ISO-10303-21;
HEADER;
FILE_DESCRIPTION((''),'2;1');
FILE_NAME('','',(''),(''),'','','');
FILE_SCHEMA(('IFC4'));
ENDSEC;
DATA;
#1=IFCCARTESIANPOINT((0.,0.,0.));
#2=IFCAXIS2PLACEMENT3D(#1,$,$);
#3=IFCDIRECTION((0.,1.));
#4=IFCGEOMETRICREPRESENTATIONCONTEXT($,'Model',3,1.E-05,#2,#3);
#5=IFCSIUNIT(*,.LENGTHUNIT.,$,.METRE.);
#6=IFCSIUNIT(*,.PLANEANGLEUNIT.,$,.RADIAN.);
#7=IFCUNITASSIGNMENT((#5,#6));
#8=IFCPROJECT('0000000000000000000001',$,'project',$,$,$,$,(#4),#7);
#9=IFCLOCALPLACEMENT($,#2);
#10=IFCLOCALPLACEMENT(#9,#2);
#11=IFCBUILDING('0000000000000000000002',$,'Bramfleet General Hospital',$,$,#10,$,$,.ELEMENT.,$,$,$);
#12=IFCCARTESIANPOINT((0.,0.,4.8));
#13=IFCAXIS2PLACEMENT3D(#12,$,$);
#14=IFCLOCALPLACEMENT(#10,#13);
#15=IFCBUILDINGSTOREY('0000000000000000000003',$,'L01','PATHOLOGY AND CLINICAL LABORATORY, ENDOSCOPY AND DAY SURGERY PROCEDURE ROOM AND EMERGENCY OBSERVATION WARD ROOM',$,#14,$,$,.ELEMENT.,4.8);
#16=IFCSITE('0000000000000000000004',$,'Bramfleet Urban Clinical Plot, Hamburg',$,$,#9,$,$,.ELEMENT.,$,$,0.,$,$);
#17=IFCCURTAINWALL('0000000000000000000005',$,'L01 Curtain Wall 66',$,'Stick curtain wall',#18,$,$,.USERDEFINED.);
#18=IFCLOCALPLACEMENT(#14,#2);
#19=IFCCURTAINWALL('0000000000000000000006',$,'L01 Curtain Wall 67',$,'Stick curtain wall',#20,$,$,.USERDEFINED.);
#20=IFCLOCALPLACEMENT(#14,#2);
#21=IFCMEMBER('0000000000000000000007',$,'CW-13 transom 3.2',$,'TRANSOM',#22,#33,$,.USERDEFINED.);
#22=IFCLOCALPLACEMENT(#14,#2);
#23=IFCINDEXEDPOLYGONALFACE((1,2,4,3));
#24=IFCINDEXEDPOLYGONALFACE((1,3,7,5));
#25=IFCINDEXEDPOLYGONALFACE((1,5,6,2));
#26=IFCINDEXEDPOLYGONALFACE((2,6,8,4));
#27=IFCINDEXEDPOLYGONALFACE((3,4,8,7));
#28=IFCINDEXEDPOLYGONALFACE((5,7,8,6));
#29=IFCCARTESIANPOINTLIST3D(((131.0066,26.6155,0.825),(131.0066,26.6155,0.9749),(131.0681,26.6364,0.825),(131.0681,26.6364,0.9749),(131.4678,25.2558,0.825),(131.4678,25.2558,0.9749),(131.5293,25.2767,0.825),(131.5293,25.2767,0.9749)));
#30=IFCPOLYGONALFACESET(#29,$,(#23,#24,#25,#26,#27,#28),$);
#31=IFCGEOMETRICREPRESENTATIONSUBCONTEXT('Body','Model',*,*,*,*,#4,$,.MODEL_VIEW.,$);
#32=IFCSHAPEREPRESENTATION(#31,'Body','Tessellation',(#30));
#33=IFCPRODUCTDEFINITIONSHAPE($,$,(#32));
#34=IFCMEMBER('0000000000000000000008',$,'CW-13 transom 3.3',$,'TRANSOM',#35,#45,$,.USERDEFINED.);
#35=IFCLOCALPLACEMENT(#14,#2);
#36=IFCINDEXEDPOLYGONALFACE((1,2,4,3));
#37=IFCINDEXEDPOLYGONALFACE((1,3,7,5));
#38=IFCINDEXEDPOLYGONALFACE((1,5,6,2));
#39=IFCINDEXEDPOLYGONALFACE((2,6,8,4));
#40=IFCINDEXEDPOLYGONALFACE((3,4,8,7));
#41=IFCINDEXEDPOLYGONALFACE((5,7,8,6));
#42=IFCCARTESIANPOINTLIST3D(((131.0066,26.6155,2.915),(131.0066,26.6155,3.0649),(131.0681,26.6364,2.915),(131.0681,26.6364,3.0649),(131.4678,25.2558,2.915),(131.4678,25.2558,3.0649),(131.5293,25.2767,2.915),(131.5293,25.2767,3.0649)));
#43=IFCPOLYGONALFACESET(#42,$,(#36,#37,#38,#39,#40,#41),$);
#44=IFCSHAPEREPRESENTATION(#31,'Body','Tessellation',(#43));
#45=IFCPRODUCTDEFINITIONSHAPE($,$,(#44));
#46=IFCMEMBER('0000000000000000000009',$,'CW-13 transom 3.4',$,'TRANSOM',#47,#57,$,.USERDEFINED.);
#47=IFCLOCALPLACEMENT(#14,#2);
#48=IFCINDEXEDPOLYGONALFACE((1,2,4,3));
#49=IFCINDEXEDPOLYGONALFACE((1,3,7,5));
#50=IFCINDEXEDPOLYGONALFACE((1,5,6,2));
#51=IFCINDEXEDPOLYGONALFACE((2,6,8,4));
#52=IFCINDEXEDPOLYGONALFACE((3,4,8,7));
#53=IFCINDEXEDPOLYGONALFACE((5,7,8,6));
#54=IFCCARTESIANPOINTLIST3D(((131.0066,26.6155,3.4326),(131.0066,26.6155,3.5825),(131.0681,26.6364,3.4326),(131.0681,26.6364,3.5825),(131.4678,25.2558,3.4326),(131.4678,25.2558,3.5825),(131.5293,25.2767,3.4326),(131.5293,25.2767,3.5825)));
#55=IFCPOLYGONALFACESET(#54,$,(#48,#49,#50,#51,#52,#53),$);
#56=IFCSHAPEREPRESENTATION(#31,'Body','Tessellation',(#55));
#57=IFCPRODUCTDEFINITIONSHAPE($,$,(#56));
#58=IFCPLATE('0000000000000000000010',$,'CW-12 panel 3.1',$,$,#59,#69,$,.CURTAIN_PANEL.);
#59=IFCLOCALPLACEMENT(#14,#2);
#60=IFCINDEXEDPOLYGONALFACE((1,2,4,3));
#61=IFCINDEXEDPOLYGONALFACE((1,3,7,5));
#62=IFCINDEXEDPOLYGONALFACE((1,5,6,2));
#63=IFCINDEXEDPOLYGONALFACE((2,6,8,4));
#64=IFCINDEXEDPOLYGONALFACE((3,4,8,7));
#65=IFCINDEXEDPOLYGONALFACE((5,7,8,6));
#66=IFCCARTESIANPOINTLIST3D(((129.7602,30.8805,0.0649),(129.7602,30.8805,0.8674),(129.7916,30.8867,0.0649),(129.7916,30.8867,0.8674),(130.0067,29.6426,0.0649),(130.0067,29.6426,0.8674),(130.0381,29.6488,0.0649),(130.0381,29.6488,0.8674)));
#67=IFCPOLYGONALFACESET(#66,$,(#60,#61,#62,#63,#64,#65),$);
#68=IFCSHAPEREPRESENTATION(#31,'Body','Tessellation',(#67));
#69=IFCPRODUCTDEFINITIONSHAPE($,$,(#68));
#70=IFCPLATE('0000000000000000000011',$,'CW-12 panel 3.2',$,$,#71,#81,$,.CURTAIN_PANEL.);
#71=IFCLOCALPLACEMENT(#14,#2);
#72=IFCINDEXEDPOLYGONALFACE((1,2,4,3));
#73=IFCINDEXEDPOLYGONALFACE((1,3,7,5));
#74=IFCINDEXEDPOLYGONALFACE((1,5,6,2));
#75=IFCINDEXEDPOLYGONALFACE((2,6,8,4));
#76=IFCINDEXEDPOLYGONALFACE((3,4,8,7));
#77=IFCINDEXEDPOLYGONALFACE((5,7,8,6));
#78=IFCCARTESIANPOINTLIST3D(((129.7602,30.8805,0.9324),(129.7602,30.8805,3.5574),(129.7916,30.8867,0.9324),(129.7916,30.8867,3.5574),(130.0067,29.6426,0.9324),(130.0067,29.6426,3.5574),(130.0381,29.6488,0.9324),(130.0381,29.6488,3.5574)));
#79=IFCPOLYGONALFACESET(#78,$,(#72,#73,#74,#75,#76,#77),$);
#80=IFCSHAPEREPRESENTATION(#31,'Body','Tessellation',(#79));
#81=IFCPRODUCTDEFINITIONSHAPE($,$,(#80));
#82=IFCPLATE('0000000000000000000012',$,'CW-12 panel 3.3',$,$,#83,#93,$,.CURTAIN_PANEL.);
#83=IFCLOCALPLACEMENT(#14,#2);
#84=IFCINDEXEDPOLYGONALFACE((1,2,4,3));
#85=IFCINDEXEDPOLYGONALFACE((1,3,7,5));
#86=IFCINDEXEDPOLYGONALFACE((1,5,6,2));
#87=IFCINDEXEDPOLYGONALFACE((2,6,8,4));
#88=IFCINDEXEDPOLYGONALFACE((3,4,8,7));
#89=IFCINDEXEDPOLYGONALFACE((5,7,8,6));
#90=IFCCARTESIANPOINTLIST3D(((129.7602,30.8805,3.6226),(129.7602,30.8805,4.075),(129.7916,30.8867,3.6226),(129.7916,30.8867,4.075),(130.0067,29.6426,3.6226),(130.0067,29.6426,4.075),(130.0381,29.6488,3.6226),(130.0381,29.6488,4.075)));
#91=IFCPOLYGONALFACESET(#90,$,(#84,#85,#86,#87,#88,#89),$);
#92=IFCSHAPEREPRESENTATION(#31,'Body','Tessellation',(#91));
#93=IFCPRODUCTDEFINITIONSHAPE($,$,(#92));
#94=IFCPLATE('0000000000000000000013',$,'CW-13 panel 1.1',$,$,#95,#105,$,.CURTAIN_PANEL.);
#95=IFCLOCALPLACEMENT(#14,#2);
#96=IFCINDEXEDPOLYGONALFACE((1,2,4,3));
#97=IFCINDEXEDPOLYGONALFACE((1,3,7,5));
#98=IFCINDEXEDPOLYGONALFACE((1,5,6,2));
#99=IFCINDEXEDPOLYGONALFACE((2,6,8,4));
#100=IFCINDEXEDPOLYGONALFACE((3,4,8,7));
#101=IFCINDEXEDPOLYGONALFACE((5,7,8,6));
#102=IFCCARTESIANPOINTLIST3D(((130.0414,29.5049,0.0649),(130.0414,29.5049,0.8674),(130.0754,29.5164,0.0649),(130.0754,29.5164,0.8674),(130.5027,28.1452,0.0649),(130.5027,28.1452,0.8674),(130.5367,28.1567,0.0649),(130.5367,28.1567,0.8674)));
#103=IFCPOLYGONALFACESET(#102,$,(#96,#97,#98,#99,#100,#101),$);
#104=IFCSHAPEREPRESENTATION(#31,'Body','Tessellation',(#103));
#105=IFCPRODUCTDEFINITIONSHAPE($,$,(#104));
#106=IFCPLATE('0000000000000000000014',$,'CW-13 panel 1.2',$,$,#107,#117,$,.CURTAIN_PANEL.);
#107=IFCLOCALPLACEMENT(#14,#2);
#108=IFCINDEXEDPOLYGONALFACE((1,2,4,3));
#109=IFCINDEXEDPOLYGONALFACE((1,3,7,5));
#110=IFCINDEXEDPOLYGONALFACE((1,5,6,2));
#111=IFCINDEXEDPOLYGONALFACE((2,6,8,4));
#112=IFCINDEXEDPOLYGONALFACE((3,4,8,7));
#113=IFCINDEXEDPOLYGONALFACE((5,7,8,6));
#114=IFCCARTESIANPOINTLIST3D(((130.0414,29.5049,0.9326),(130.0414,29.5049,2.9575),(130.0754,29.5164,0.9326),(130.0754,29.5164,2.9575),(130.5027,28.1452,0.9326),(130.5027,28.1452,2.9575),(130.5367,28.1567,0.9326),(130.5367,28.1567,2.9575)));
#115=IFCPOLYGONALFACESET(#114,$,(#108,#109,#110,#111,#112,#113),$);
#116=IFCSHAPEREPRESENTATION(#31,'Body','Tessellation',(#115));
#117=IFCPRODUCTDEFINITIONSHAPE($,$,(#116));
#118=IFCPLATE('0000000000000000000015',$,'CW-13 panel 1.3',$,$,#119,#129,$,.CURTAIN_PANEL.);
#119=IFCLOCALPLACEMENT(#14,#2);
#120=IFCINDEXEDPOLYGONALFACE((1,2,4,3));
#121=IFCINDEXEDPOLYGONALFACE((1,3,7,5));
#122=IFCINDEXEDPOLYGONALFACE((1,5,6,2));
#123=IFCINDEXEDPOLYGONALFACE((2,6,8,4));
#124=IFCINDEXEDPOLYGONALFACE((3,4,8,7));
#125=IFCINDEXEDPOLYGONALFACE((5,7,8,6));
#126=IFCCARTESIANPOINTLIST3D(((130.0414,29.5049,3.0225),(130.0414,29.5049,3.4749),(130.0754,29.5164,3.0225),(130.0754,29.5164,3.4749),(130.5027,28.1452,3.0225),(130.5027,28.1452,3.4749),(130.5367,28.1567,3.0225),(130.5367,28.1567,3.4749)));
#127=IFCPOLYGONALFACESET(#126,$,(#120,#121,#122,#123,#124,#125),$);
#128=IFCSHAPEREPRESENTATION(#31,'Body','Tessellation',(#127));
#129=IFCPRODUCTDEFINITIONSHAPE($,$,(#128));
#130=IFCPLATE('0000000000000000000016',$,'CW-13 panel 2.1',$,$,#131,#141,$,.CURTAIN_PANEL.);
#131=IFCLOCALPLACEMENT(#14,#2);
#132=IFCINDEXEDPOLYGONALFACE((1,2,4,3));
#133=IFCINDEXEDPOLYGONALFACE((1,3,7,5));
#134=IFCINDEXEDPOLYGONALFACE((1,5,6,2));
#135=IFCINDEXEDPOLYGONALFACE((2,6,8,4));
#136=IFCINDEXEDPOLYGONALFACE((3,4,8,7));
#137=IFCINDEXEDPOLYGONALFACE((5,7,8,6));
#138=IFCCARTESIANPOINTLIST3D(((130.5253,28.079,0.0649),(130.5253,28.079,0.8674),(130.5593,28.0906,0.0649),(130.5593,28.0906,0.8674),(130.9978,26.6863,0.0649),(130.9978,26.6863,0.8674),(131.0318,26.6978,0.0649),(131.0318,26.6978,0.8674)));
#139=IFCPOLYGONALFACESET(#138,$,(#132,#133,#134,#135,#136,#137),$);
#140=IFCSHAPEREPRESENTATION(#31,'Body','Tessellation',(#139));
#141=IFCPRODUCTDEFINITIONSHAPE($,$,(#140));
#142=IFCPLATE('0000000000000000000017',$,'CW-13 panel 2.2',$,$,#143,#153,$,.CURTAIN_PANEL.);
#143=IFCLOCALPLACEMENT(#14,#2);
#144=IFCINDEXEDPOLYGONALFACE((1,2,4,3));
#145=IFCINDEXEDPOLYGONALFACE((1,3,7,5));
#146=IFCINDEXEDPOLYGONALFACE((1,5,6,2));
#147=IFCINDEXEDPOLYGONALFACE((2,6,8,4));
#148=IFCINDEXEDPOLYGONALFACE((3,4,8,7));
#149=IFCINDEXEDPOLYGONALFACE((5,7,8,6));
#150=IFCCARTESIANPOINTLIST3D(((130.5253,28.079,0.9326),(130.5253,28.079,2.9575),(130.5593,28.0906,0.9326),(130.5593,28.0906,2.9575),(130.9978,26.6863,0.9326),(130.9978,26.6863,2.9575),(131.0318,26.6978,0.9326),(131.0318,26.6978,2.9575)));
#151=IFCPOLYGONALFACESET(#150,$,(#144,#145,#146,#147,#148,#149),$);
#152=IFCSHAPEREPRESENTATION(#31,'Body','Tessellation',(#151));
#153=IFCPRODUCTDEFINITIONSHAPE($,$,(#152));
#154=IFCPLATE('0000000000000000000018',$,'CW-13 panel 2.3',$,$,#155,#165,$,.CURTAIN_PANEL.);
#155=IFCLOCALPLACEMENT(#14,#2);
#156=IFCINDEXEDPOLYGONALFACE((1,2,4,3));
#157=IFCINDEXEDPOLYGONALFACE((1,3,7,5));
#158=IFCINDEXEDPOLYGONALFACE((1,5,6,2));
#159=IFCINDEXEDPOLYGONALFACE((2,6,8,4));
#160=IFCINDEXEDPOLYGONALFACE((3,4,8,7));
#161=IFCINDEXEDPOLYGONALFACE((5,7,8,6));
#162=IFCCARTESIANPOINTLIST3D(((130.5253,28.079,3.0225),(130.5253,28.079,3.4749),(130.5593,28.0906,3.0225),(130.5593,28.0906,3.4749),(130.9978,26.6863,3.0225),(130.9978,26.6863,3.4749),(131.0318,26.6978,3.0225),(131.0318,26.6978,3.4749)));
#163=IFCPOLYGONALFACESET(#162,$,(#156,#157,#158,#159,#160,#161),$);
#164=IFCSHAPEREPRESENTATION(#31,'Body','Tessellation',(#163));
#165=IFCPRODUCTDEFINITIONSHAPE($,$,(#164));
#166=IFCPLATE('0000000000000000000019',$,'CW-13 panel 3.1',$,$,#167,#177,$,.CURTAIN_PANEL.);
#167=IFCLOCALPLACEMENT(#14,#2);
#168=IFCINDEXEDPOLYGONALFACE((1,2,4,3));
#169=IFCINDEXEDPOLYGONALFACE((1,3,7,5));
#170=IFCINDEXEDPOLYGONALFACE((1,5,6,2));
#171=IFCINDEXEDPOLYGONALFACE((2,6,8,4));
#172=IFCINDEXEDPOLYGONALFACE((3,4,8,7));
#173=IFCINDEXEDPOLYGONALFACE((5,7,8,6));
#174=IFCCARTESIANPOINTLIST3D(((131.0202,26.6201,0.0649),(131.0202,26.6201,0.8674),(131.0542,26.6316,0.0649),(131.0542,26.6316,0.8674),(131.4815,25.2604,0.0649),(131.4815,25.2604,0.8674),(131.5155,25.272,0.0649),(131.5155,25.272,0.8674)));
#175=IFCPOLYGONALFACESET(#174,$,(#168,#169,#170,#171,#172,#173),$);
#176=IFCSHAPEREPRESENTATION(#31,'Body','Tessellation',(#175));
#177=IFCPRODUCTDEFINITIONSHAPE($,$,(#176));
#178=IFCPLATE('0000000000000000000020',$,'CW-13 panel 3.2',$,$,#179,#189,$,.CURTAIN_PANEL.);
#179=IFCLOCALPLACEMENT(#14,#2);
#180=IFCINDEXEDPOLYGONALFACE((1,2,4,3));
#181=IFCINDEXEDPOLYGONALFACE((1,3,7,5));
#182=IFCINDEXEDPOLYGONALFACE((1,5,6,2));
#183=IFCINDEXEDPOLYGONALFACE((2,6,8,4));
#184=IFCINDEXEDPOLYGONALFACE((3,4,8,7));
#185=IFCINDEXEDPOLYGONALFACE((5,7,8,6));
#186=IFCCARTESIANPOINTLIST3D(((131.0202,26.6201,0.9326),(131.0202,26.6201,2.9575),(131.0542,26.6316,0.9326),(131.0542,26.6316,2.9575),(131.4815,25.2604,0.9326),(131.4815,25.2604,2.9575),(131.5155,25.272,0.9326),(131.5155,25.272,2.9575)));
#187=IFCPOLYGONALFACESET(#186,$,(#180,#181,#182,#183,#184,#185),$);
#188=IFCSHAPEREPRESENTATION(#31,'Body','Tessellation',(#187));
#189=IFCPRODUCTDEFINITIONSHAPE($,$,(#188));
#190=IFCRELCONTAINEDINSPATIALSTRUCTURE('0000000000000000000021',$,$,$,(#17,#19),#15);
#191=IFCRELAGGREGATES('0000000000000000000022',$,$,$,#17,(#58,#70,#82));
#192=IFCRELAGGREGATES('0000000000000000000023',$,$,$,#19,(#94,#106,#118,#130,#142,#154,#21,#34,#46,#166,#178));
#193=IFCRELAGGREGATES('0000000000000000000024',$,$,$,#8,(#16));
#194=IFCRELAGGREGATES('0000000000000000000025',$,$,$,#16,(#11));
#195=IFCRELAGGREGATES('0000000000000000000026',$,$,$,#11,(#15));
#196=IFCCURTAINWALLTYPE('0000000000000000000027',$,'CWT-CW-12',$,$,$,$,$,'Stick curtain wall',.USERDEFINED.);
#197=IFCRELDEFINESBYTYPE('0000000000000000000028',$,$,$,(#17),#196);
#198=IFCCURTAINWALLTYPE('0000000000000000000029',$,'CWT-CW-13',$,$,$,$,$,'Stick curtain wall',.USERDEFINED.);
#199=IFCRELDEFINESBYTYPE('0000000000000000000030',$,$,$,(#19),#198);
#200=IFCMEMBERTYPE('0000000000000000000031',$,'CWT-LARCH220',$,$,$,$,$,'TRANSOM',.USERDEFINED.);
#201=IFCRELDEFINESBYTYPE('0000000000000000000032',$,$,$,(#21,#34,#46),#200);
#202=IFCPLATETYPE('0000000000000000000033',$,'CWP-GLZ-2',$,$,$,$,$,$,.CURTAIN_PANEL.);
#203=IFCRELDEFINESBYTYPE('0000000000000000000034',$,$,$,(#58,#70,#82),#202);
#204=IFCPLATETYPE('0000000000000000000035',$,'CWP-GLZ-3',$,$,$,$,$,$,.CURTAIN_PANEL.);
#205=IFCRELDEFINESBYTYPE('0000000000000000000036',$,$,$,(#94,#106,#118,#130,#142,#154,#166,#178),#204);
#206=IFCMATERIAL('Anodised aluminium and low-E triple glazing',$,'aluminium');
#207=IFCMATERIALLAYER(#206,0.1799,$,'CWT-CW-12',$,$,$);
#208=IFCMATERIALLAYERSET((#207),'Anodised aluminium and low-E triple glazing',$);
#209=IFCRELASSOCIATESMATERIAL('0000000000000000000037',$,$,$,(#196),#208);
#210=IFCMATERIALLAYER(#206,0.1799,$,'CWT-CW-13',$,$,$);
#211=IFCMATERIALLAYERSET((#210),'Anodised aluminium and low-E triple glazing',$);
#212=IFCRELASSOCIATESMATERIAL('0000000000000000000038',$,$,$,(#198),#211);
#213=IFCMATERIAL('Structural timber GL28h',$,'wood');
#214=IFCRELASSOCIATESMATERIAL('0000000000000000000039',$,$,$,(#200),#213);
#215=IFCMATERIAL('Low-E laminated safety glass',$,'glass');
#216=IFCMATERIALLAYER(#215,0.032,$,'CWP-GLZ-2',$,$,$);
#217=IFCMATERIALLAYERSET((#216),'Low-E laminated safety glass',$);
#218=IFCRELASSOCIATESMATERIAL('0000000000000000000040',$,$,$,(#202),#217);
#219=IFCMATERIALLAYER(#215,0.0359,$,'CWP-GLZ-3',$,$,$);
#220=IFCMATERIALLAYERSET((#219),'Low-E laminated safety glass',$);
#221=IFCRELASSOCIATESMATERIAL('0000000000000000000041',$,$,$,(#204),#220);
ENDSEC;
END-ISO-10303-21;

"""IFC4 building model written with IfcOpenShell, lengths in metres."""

from ifc_helpers import new_model, si_unit, direction, frame, origin, origin_2d, place, context, subcontext, project, spatial, rectangle, extrude, material, layer, layer_set, material_profile, profile_set, type_object, element, aggregate, save


model = new_model("IFC4")

# Units and contexts
model_context = context("Model", 3, precision=1e-05, world=origin(), true_north=direction((0.0, 1.0)))
body_context = subcontext(model_context, "Body", "Model", "MODEL_VIEW")
ifc_project = project(units=[si_unit("LENGTHUNIT", "METRE"), si_unit("PLANEANGLEUNIT", "RADIAN")], contexts=[model_context])

# Site, building, storey
site_placement = place(None, origin())
site = spatial("IfcSite", under=ifc_project, at=site_placement, Name="Bramfleet Urban Clinical Plot, Hamburg", CompositionType="ELEMENT", RefElevation=0.0)
building_placement = place(site_placement, origin())
building = spatial("IfcBuilding", under=site, at=building_placement, Name="Bramfleet General Hospital", CompositionType="ELEMENT")
storey_placement = place(building_placement, frame((0.0, 0.0, 4.8)))
storey = spatial("IfcBuildingStorey", under=building, at=storey_placement, Name="L01", Description="PATHOLOGY AND CLINICAL LABORATORY, ENDOSCOPY AND DAY SURGERY PROCEDURE ROOM AND EMERGENCY OBSERVATION WARD ROOM", CompositionType="ELEMENT", Elevation=4.8)

# Curtain wall
ifc_material_1 = material(Name="Anodised aluminium and low-E triple glazing", Category="aluminium")
ifc_layer_1 = layer(ifc_material_1, 0.1799, Name="CWT-CW-12")
ifc_layer_set_1 = layer_set([ifc_layer_1], Name="Anodised aluminium and low-E triple glazing")
curtain_wall_type_1 = type_object("IfcCurtainWallType", Name="CWT-CW-12", ElementType="Stick curtain wall", PredefinedType="USERDEFINED", material=ifc_layer_set_1)
curtain_wall_1_placement = place(storey_placement, origin())
curtain_wall_1 = element("IfcCurtainWall", 1, at=curtain_wall_1_placement, inside=storey, type_object=curtain_wall_type_1, Name="L01 Curtain Wall 66", ObjectType="Stick curtain wall", PredefinedType="USERDEFINED")
ifc_material_2 = material(Name="Structural timber GL28h", Category="wood")

# Curtain wall
ifc_layer_2 = layer(ifc_material_1, 0.1799, Name="CWT-CW-13")
ifc_layer_set_2 = layer_set([ifc_layer_2], Name="Anodised aluminium and low-E triple glazing")
curtain_wall_type_2 = type_object("IfcCurtainWallType", Name="CWT-CW-13", ElementType="Stick curtain wall", PredefinedType="USERDEFINED", material=ifc_layer_set_2)
curtain_wall_2_placement = place(storey_placement, origin())
curtain_wall_2 = element("IfcCurtainWall", 2, at=curtain_wall_2_placement, inside=storey, type_object=curtain_wall_type_2, Name="L01 Curtain Wall 67", ObjectType="Stick curtain wall", PredefinedType="USERDEFINED")

# Members
ifc_material_profile_1 = material_profile(ifc_material_2, rectangle(XDim=0.0649, YDim=0.1499, at=origin_2d()), Name="LARCH 150x65")
ifc_profile_set_1 = profile_set([ifc_material_profile_1], Name="Structural timber GL28h")
member_type_1 = type_object("IfcMemberType", Name="CWT-LARCH220", ElementType="TRANSOM", PredefinedType="USERDEFINED", material=ifc_profile_set_1)
member_1_placement = place(storey_placement, frame((131.0374, 26.626, 0.8999), z_axis=(0.321223, -0.947004, 0.0), x_axis=(0.947004, 0.321223, 0.0)))
member_1 = element("IfcMember", 3, at=member_1_placement, type_object=member_type_1, Name="CW-13 transom 3.2", ObjectType="TRANSOM", PredefinedType="USERDEFINED", context=body_context, shape_type="SweptSolid", body=[
    extrude(rectangle(XDim=0.0649, YDim=0.1499, at=origin_2d()), origin(), (0.0, 0.0, 1.0), 1.4358),
])
member_2_placement = place(storey_placement, frame((131.0374, 26.626, 2.99), z_axis=(0.321223, -0.947004, 0.0), x_axis=(0.947004, 0.321223, 0.0)))
member_2 = element("IfcMember", 4, at=member_2_placement, type_object=member_type_1, Name="CW-13 transom 3.3", ObjectType="TRANSOM", PredefinedType="USERDEFINED", context=body_context, shape_type="SweptSolid", body=[
    extrude(rectangle(XDim=0.0649, YDim=0.1499, at=origin_2d()), origin(), (0.0, 0.0, 1.0), 1.4358),
])
member_3_placement = place(storey_placement, frame((131.0374, 26.626, 3.5076), z_axis=(0.321223, -0.947004, 0.0), x_axis=(0.947004, 0.321223, 0.0)))
member_3 = element("IfcMember", 5, at=member_3_placement, type_object=member_type_1, Name="CW-13 transom 3.4", ObjectType="TRANSOM", PredefinedType="USERDEFINED", context=body_context, shape_type="SweptSolid", body=[
    extrude(rectangle(XDim=0.0649, YDim=0.1499, at=origin_2d()), origin(), (0.0, 0.0, 1.0), 1.4358),
])

# Plates
ifc_material_3 = material(Name="Low-E laminated safety glass", Category="glass")
ifc_layer_3 = layer(ifc_material_3, 0.032, Name="CWP-GLZ-2")
ifc_layer_set_3 = layer_set([ifc_layer_3], Name="Low-E laminated safety glass")
plate_type_1 = type_object("IfcPlateType", Name="CWP-GLZ-2", PredefinedType="CURTAIN_PANEL", material=ifc_layer_set_3)
plate_1_placement = place(storey_placement, frame((129.8992, 30.2646, 0.0649), z_axis=(0.0, 0.0, 1.0), x_axis=(0.195272, -0.980749, 0.0)))
plate_1 = element("IfcPlate", 6, at=plate_1_placement, type_object=plate_type_1, Name="CW-12 panel 3.1", PredefinedType="CURTAIN_PANEL", context=body_context, shape_type="SweptSolid", body=[
    extrude(rectangle(XDim=1.2622, YDim=0.032, at=origin_2d()), origin(), (0.0, 0.0, 1.0), 0.8025),
])
plate_2_placement = place(storey_placement, frame((129.8992, 30.2646, 0.9324), z_axis=(0.0, 0.0, 1.0), x_axis=(0.195272, -0.980749, 0.0)))
plate_2 = element("IfcPlate", 7, at=plate_2_placement, type_object=plate_type_1, Name="CW-12 panel 3.2", PredefinedType="CURTAIN_PANEL", context=body_context, shape_type="SweptSolid", body=[
    extrude(rectangle(XDim=1.2622, YDim=0.032, at=origin_2d()), origin(), (0.0, 0.0, 1.0), 2.625),
])
plate_3_placement = place(storey_placement, frame((129.8992, 30.2646, 3.6226), z_axis=(0.0, 0.0, 1.0), x_axis=(0.195272, -0.980749, 0.0)))
plate_3 = element("IfcPlate", 8, at=plate_3_placement, type_object=plate_type_1, Name="CW-12 panel 3.3", PredefinedType="CURTAIN_PANEL", context=body_context, shape_type="SweptSolid", body=[
    extrude(rectangle(XDim=1.2622, YDim=0.032, at=origin_2d()), origin(), (0.0, 0.0, 1.0), 0.4524),
])
aggregate(curtain_wall_1, [plate_1, plate_2, plate_3])
ifc_layer_4 = layer(ifc_material_3, 0.0359, Name="CWP-GLZ-3")
ifc_layer_set_4 = layer_set([ifc_layer_4], Name="Low-E laminated safety glass")
plate_type_2 = type_object("IfcPlateType", Name="CWP-GLZ-3", PredefinedType="CURTAIN_PANEL", material=ifc_layer_set_4)
plate_4_placement = place(storey_placement, frame((130.2891, 28.8308, 0.0649), z_axis=(0.0, 0.0, 1.0), x_axis=(0.321286, -0.946982, 0.0)))
plate_4 = element("IfcPlate", 9, at=plate_4_placement, type_object=plate_type_2, Name="CW-13 panel 1.1", PredefinedType="CURTAIN_PANEL", context=body_context, shape_type="SweptSolid", body=[
    extrude(rectangle(XDim=1.4358, YDim=0.0359, at=origin_2d()), origin(), (0.0, 0.0, 1.0), 0.8025),
])
plate_5_placement = place(storey_placement, frame((130.2891, 28.8308, 0.9326), z_axis=(0.0, 0.0, 1.0), x_axis=(0.321286, -0.946982, 0.0)))
plate_5 = element("IfcPlate", 10, at=plate_5_placement, type_object=plate_type_2, Name="CW-13 panel 1.2", PredefinedType="CURTAIN_PANEL", context=body_context, shape_type="SweptSolid", body=[
    extrude(rectangle(XDim=1.4358, YDim=0.0359, at=origin_2d()), origin(), (0.0, 0.0, 1.0), 2.0249),
])
plate_6_placement = place(storey_placement, frame((130.2891, 28.8308, 3.0225), z_axis=(0.0, 0.0, 1.0), x_axis=(0.321286, -0.946982, 0.0)))
plate_6 = element("IfcPlate", 11, at=plate_6_placement, type_object=plate_type_2, Name="CW-13 panel 1.3", PredefinedType="CURTAIN_PANEL", context=body_context, shape_type="SweptSolid", body=[
    extrude(rectangle(XDim=1.4358, YDim=0.0359, at=origin_2d()), origin(), (0.0, 0.0, 1.0), 0.4524),
])
plate_7_placement = place(storey_placement, frame((130.7786, 27.3884, 0.0649), z_axis=(0.0, 0.0, 1.0), x_axis=(0.321286, -0.946982, 0.0)))
plate_7 = element("IfcPlate", 12, at=plate_7_placement, type_object=plate_type_2, Name="CW-13 panel 2.1", PredefinedType="CURTAIN_PANEL", context=body_context, shape_type="SweptSolid", body=[
    extrude(rectangle(XDim=1.4707, YDim=0.0359, at=origin_2d()), origin(), (0.0, 0.0, 1.0), 0.8025),
])
plate_8_placement = place(storey_placement, frame((130.7786, 27.3884, 0.9326), z_axis=(0.0, 0.0, 1.0), x_axis=(0.321286, -0.946982, 0.0)))
plate_8 = element("IfcPlate", 13, at=plate_8_placement, type_object=plate_type_2, Name="CW-13 panel 2.2", PredefinedType="CURTAIN_PANEL", context=body_context, shape_type="SweptSolid", body=[
    extrude(rectangle(XDim=1.4707, YDim=0.0359, at=origin_2d()), origin(), (0.0, 0.0, 1.0), 2.0249),
])
plate_9_placement = place(storey_placement, frame((130.7786, 27.3884, 3.0225), z_axis=(0.0, 0.0, 1.0), x_axis=(0.321286, -0.946982, 0.0)))
plate_9 = element("IfcPlate", 14, at=plate_9_placement, type_object=plate_type_2, Name="CW-13 panel 2.3", PredefinedType="CURTAIN_PANEL", context=body_context, shape_type="SweptSolid", body=[
    extrude(rectangle(XDim=1.4707, YDim=0.0359, at=origin_2d()), origin(), (0.0, 0.0, 1.0), 0.4524),
])
plate_10_placement = place(storey_placement, frame((131.2678, 25.946, 0.0649), z_axis=(0.0, 0.0, 1.0), x_axis=(0.321286, -0.946982, 0.0)))
plate_10 = element("IfcPlate", 15, at=plate_10_placement, type_object=plate_type_2, Name="CW-13 panel 3.1", PredefinedType="CURTAIN_PANEL", context=body_context, shape_type="SweptSolid", body=[
    extrude(rectangle(XDim=1.4358, YDim=0.0359, at=origin_2d()), origin(), (0.0, 0.0, 1.0), 0.8025),
])
plate_11_placement = place(storey_placement, frame((131.2678, 25.946, 0.9326), z_axis=(0.0, 0.0, 1.0), x_axis=(0.321286, -0.946982, 0.0)))
plate_11 = element("IfcPlate", 16, at=plate_11_placement, type_object=plate_type_2, Name="CW-13 panel 3.2", PredefinedType="CURTAIN_PANEL", context=body_context, shape_type="SweptSolid", body=[
    extrude(rectangle(XDim=1.4358, YDim=0.0359, at=origin_2d()), origin(), (0.0, 0.0, 1.0), 2.0249),
])
aggregate(curtain_wall_2, [plate_4, plate_5, plate_6, plate_7, plate_8, plate_9, member_1, member_2, member_3, plate_10, plate_11])

save(model, "model.ifc")
